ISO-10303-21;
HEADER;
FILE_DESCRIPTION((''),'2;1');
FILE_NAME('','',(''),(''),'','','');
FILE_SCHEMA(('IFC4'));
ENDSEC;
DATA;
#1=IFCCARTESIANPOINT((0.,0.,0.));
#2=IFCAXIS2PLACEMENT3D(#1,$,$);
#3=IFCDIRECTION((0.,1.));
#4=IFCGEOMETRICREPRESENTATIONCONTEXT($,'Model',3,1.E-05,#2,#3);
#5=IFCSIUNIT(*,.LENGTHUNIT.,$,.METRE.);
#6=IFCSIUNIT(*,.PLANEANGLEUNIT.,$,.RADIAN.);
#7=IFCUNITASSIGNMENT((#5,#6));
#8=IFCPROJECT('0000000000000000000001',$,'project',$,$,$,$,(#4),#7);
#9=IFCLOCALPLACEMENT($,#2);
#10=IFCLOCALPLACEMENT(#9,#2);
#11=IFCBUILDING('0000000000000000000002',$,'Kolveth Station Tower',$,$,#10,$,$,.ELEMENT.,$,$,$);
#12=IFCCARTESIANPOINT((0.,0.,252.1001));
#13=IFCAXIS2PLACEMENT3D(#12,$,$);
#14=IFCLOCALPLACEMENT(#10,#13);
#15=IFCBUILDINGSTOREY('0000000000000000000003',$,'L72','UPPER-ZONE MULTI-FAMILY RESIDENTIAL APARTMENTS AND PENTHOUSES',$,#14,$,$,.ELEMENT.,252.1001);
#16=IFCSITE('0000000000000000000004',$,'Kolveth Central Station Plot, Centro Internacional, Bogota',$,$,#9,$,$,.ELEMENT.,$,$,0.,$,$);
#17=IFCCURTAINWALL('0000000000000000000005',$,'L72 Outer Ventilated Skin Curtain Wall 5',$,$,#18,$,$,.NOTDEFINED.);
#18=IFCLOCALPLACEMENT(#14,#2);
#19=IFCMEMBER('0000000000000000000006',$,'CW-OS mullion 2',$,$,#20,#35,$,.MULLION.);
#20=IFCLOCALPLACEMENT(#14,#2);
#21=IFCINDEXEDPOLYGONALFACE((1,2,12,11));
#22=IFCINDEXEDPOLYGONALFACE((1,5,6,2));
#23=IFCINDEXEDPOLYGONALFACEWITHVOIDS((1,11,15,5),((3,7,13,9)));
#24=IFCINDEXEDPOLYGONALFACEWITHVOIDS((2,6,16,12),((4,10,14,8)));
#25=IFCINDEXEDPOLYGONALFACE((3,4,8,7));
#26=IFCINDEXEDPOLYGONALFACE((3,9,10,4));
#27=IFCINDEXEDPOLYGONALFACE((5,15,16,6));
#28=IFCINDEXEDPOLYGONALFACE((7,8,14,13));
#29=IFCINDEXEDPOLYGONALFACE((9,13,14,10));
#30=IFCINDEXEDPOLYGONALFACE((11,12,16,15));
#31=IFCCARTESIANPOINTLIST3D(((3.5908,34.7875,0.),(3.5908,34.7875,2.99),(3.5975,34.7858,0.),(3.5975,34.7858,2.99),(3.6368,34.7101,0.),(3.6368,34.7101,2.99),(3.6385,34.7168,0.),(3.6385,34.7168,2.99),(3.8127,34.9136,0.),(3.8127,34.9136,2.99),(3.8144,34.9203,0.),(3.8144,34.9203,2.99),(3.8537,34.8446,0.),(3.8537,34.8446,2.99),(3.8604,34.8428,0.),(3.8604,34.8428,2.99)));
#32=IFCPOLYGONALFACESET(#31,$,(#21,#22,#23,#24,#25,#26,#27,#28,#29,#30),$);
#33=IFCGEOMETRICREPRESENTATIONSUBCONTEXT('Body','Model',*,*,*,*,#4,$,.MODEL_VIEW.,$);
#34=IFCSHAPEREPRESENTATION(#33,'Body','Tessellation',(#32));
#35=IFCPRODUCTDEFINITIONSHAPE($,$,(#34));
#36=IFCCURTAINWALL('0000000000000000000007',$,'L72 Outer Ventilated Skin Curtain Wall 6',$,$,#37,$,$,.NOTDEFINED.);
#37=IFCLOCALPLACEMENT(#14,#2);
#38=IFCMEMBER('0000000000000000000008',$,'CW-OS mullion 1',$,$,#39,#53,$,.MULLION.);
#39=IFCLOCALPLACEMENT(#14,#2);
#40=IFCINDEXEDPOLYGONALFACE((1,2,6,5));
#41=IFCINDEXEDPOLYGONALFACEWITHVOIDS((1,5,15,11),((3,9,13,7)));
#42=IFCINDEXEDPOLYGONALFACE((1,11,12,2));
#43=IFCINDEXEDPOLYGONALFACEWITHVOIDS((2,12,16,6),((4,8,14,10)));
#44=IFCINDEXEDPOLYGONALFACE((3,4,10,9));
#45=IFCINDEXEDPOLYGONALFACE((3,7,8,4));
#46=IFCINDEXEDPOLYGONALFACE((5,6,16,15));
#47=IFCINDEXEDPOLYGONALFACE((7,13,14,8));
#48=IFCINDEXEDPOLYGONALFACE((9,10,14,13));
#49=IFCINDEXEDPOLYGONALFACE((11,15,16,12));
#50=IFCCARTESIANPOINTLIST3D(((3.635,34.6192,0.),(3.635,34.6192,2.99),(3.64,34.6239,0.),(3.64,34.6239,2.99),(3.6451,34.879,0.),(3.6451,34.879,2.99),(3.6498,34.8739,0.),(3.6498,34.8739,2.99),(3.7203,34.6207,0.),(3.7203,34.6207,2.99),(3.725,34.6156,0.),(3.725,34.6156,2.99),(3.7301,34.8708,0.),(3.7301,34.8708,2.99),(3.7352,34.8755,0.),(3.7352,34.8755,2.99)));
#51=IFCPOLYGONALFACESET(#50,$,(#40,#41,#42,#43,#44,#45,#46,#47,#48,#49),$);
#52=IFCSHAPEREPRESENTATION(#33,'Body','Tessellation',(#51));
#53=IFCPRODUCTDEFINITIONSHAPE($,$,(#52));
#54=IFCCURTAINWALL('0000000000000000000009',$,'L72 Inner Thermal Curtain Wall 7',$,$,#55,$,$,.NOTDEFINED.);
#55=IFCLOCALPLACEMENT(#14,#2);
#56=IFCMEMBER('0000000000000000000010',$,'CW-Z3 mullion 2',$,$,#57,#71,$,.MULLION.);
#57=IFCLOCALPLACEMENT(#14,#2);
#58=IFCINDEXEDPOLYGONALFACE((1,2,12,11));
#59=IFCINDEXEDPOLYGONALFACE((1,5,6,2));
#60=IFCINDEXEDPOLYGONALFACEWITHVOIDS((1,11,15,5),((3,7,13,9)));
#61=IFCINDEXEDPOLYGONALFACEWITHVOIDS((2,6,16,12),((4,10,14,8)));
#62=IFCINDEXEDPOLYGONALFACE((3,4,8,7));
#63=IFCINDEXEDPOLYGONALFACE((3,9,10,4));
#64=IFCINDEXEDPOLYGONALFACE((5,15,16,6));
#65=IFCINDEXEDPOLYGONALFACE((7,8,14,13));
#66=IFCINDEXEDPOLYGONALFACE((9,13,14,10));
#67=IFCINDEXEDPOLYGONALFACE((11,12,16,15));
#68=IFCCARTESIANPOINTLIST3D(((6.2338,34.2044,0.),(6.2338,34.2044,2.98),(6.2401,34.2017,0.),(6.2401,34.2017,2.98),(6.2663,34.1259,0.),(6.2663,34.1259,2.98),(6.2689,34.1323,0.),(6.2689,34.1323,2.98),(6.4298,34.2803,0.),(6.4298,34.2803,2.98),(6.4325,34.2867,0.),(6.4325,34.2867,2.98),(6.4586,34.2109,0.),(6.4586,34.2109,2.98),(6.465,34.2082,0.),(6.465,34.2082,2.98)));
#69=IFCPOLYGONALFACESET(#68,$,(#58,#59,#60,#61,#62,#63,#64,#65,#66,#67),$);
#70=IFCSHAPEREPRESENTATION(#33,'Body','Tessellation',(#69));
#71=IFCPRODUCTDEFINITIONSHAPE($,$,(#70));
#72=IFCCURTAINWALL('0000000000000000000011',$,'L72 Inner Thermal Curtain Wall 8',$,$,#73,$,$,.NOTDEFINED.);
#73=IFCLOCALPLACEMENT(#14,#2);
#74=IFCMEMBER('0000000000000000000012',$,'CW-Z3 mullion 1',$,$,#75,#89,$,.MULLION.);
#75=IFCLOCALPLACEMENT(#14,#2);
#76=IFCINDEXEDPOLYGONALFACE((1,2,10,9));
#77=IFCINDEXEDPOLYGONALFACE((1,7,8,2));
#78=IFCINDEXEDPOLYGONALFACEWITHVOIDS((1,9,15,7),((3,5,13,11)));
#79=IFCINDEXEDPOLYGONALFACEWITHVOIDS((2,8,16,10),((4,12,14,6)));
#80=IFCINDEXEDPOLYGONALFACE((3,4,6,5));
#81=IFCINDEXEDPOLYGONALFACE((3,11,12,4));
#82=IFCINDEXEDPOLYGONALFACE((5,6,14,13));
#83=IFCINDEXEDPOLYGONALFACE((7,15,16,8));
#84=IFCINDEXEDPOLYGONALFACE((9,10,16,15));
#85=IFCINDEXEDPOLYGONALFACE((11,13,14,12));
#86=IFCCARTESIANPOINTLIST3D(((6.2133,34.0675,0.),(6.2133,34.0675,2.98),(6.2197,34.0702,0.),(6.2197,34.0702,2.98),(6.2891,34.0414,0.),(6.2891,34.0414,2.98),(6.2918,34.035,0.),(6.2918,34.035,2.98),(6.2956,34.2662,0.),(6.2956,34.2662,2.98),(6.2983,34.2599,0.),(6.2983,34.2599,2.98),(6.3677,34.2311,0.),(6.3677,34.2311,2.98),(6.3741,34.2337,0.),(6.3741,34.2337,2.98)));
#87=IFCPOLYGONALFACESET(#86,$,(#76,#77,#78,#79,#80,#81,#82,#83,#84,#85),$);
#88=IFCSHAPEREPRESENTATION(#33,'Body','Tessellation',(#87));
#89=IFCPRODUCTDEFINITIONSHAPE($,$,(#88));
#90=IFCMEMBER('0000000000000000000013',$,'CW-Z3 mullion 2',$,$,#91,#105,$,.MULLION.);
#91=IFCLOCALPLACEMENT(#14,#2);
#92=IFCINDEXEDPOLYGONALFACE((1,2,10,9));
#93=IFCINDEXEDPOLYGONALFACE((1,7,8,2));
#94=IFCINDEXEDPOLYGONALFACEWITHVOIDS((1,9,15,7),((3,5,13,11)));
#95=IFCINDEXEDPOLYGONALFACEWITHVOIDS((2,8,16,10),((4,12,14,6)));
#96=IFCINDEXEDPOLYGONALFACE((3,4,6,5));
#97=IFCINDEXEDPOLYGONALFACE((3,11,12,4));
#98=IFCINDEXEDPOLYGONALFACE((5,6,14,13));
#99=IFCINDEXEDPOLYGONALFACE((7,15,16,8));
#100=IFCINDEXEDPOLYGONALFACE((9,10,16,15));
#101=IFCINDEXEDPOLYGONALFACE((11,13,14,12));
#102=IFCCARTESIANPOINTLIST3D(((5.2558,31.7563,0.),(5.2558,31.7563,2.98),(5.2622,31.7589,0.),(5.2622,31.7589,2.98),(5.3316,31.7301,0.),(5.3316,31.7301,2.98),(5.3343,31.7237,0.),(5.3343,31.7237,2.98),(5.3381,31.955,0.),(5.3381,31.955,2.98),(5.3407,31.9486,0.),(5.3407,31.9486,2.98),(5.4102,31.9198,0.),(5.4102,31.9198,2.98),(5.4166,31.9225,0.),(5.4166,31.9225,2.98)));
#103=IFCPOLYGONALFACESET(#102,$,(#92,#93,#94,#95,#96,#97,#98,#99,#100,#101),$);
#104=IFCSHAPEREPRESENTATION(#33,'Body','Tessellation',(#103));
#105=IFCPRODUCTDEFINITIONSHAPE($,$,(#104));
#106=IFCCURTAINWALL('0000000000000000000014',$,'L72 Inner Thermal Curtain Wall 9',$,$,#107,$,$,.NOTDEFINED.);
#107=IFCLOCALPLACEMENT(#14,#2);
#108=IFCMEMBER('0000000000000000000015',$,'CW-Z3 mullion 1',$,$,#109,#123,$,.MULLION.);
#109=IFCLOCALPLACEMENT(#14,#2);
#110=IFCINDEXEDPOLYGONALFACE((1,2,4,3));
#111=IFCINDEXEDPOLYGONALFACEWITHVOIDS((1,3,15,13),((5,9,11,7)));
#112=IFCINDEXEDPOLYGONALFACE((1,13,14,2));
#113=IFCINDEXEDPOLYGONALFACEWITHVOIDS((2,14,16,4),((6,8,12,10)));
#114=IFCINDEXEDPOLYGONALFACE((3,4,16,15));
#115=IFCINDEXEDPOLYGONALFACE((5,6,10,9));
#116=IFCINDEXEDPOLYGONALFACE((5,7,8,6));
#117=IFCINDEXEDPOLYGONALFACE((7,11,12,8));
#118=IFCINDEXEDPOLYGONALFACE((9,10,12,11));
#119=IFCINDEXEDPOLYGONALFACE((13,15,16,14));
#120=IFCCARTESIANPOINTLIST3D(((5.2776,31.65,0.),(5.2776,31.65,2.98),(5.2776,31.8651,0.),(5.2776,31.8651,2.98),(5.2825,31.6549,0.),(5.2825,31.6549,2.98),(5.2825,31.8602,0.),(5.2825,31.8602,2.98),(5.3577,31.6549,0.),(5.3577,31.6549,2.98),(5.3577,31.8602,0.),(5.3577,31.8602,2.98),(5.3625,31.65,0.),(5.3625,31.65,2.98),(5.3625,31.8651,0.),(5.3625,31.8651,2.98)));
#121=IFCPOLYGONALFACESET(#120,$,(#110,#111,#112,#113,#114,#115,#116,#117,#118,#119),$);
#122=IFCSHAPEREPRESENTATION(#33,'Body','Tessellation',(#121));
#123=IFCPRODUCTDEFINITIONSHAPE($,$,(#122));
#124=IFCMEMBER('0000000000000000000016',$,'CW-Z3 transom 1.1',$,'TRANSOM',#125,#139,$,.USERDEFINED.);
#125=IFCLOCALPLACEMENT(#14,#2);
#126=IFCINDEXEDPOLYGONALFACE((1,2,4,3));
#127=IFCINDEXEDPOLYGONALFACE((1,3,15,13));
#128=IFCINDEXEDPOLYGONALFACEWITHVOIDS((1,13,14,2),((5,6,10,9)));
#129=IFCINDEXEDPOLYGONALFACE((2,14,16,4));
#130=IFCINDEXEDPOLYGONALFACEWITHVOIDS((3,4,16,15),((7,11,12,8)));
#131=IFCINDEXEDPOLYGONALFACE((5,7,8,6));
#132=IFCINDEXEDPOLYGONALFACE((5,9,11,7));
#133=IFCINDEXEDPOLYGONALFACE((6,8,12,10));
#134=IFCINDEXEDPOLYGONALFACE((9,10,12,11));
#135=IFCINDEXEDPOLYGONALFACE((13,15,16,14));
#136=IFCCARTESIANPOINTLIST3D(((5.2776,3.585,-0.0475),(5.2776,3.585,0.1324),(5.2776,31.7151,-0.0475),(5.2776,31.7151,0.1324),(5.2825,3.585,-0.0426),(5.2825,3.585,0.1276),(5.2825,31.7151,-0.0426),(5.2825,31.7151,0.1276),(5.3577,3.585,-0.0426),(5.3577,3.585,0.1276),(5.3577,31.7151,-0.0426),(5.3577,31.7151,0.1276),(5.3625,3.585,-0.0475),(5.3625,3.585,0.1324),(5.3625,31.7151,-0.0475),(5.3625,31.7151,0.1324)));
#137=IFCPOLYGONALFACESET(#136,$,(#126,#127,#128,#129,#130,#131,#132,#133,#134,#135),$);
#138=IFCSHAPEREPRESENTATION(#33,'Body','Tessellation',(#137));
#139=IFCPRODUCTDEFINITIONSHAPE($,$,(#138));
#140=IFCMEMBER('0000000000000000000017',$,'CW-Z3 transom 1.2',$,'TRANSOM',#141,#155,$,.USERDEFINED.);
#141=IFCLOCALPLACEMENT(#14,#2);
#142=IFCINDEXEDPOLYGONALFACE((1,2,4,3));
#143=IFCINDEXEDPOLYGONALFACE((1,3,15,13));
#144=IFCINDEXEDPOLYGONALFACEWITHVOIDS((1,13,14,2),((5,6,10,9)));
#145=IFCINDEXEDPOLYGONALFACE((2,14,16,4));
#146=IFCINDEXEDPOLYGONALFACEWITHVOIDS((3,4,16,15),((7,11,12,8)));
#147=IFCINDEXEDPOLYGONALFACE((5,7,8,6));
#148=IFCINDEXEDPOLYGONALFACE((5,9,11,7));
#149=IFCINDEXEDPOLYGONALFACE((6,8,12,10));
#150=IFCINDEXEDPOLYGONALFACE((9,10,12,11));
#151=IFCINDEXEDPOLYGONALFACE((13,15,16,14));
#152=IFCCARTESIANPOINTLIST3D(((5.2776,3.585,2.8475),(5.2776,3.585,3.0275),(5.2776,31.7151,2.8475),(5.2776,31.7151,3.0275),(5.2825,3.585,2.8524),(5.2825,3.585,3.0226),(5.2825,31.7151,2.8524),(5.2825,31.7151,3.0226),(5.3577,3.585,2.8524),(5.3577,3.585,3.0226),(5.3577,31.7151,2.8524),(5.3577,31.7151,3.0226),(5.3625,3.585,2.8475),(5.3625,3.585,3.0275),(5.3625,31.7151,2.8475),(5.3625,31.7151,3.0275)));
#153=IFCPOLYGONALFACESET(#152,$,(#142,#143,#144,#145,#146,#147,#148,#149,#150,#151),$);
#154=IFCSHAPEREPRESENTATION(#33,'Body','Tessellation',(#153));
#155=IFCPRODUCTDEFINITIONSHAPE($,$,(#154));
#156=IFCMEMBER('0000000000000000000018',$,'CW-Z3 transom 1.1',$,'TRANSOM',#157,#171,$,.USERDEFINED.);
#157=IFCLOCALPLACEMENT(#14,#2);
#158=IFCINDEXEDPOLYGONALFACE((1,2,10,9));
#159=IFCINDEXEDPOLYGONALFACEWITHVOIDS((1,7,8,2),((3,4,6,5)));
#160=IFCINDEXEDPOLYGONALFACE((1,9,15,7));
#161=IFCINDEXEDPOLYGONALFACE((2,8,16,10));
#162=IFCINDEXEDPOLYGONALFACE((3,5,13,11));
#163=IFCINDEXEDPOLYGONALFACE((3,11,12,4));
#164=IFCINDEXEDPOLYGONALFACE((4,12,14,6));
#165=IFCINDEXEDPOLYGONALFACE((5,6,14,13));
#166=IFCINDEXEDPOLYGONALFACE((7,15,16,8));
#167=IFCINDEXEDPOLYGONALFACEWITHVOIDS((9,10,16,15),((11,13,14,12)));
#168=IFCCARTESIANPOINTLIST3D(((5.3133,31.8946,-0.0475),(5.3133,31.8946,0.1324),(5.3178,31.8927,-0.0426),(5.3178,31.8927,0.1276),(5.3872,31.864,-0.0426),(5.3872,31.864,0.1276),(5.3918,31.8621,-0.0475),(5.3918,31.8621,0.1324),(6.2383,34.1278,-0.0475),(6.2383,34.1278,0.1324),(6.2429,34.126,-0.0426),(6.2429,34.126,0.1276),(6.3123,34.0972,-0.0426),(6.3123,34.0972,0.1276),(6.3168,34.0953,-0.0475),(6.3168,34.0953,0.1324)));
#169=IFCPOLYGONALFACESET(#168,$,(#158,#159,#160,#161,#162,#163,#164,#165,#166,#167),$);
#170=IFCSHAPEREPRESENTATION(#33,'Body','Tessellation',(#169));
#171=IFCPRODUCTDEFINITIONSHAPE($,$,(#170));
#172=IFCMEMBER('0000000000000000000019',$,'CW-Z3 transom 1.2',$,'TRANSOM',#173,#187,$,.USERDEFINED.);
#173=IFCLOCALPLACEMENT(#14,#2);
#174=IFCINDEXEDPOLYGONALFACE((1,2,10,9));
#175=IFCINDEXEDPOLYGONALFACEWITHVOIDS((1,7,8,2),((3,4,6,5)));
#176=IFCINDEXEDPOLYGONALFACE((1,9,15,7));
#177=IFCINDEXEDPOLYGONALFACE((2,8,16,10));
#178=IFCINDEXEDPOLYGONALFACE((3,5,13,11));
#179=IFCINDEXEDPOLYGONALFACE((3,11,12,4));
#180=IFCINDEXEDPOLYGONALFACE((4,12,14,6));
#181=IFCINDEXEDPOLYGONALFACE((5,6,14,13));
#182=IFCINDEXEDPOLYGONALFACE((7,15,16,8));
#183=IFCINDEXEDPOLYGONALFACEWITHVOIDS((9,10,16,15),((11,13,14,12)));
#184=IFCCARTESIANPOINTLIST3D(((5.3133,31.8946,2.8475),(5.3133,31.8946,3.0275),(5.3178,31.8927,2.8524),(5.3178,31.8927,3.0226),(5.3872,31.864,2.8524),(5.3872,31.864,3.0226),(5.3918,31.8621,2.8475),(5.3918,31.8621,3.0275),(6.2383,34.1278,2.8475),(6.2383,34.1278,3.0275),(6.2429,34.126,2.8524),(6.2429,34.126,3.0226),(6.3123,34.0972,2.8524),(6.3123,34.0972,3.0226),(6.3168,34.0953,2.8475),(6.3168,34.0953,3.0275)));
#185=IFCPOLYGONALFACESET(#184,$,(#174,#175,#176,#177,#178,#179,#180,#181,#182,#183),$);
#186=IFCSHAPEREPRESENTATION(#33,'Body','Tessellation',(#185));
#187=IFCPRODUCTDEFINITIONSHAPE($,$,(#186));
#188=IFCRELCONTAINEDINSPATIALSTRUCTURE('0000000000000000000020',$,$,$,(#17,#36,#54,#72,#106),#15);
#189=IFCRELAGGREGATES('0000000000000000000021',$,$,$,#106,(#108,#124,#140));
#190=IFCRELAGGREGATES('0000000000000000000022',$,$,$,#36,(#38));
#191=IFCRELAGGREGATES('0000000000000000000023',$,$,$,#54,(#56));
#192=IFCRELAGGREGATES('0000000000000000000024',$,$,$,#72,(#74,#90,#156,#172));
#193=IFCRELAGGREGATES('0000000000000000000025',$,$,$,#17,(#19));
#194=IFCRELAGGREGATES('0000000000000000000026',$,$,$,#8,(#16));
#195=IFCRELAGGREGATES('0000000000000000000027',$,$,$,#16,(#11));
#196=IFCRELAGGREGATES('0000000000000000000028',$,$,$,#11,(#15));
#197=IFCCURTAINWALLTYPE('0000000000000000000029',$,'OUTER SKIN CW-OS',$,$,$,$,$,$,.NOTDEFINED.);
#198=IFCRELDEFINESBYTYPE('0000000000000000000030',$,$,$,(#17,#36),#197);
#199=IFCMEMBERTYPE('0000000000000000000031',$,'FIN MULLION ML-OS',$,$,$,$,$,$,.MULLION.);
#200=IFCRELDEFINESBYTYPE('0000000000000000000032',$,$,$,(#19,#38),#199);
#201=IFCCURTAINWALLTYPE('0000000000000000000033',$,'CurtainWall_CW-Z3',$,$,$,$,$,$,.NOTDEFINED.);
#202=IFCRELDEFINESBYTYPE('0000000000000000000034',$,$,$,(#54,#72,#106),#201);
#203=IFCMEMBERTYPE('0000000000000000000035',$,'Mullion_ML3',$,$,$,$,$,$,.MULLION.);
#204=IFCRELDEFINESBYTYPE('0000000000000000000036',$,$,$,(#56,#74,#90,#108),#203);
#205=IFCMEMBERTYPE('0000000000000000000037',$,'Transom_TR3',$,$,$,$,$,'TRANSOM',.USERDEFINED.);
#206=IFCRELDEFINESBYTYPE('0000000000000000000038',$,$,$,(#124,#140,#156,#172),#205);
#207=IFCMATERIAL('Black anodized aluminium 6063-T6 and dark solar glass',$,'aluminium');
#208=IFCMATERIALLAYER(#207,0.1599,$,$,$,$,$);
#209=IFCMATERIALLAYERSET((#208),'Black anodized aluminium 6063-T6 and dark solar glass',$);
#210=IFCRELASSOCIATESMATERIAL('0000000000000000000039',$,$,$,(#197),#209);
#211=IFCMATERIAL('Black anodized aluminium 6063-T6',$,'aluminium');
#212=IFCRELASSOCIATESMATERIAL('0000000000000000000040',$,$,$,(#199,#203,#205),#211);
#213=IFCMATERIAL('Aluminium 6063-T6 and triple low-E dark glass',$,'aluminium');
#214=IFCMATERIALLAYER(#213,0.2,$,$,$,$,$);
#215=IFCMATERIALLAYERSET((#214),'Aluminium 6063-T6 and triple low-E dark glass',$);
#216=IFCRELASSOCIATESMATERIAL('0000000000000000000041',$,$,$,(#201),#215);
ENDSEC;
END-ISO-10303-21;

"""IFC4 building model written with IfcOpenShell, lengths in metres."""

from ifc_helpers import new_model, si_unit, direction, frame, origin, origin_2d, place, context, subcontext, project, spatial, hollow_rectangle, extrude, source, transform, mapped, material, layer, layer_set, material_profile, profile_set, type_object, element, aggregate, save


model = new_model("IFC4")

# Units and contexts
model_context = context("Model", 3, precision=1e-05, world=origin(), true_north=direction((0.0, 1.0)))
body_context = subcontext(model_context, "Body", "Model", "MODEL_VIEW")
ifc_project = project(units=[si_unit("LENGTHUNIT", "METRE"), si_unit("PLANEANGLEUNIT", "RADIAN")], contexts=[model_context])

# Site, building, storey
site_placement = place(None, origin())
site = spatial("IfcSite", under=ifc_project, at=site_placement, Name="Kolveth Central Station Plot, Centro Internacional, Bogota", CompositionType="ELEMENT", RefElevation=0.0)
building_placement = place(site_placement, origin())
building = spatial("IfcBuilding", under=site, at=building_placement, Name="Kolveth Station Tower", CompositionType="ELEMENT")
storey_placement = place(building_placement, frame((0.0, 0.0, 252.1001)))
storey = spatial("IfcBuildingStorey", under=building, at=storey_placement, Name="L72", Description="UPPER-ZONE MULTI-FAMILY RESIDENTIAL APARTMENTS AND PENTHOUSES", CompositionType="ELEMENT", Elevation=252.1001)

# Curtain walls, members
ifc_material_1 = material(Name="Black anodized aluminium 6063-T6 and dark solar glass", Category="aluminium")
ifc_layer_1 = layer(ifc_material_1, 0.1599)
ifc_layer_set_1 = layer_set([ifc_layer_1], Name="Black anodized aluminium 6063-T6 and dark solar glass")
curtain_wall_type_1 = type_object("IfcCurtainWallType", Name="OUTER SKIN CW-OS", PredefinedType="NOTDEFINED", material=ifc_layer_set_1)
curtain_wall_1_placement = place(storey_placement, origin())
curtain_wall_1 = element("IfcCurtainWall", 1, at=curtain_wall_1_placement, inside=storey, type_object=curtain_wall_type_1, Name="L72 Outer Ventilated Skin Curtain Wall 5", PredefinedType="NOTDEFINED")
ifc_material_2 = material(Name="Black anodized aluminium 6063-T6", Category="aluminium")
ifc_material_profile_1 = material_profile(ifc_material_2, hollow_rectangle(XDim=0.0901, YDim=0.26, WallThickness=0.0049, at=origin_2d()), Name="ALU-90x260x5")
ifc_profile_set_1 = profile_set([ifc_material_profile_1], Name="Black anodized aluminium 6063-T6")
member_type_1 = type_object("IfcMemberType", Name="FIN MULLION ML-OS", PredefinedType="MULLION", material=ifc_profile_set_1)
shared_shape_1 = source(origin(), body_context, "Body", "SweptSolid", [
    extrude(hollow_rectangle(XDim=0.0901, YDim=0.26, WallThickness=0.0049, at=origin_2d()), origin(), (0.0, 0.0, 1.0), 2.99),
])
member_1_placement = place(storey_placement, frame((3.7256, 34.8152, 0.0), z_axis=(0.0, 0.0, 1.0), x_axis=(0.510672, -0.859776, 0.0)))
member_1 = element("IfcMember", 2, at=member_1_placement, type_object=member_type_1, Name="CW-OS mullion 2", PredefinedType="MULLION", context=body_context, shape_type="MappedRepresentation", body=[
    mapped(shared_shape_1, transform((0.0, 0.0, 0.0), x_axis=(1.0, 0.0, 0.0), y_axis=(0.0, 1.0, 0.0), z_axis=(0.0, 0.0, 1.0), scale=1.0)),
])
curtain_wall_2_placement = place(storey_placement, origin())
curtain_wall_2 = element("IfcCurtainWall", 3, at=curtain_wall_2_placement, inside=storey, type_object=curtain_wall_type_1, Name="L72 Outer Ventilated Skin Curtain Wall 6", PredefinedType="NOTDEFINED")
member_2_placement = place(storey_placement, frame((3.6851, 34.7473, 0.0), z_axis=(0.0, 0.0, 1.0), x_axis=(0.999234, -0.039145, 0.0)))
member_2 = element("IfcMember", 4, at=member_2_placement, type_object=member_type_1, Name="CW-OS mullion 1", PredefinedType="MULLION", context=body_context, shape_type="MappedRepresentation", body=[
    mapped(shared_shape_1, transform((0.0, 0.0, 0.0), x_axis=(1.0, 0.0, 0.0), y_axis=(0.0, 1.0, 0.0), z_axis=(0.0, 0.0, 1.0), scale=1.0)),
])
ifc_material_3 = material(Name="Aluminium 6063-T6 and triple low-E dark glass", Category="aluminium")
ifc_layer_2 = layer(ifc_material_3, 0.2)
ifc_layer_set_2 = layer_set([ifc_layer_2], Name="Aluminium 6063-T6 and triple low-E dark glass")
curtain_wall_type_2 = type_object("IfcCurtainWallType", Name="CurtainWall_CW-Z3", PredefinedType="NOTDEFINED", material=ifc_layer_set_2)
curtain_wall_3_placement = place(storey_placement, origin())
curtain_wall_3 = element("IfcCurtainWall", 5, at=curtain_wall_3_placement, inside=storey, type_object=curtain_wall_type_2, Name="L72 Inner Thermal Curtain Wall 7", PredefinedType="NOTDEFINED")
ifc_material_profile_2 = material_profile(ifc_material_2, hollow_rectangle(XDim=0.085, YDim=0.2151, WallThickness=0.0049, at=origin_2d()), Name="ALU-85x215x5")
ifc_profile_set_2 = profile_set([ifc_material_profile_2], Name="Black anodized aluminium 6063-T6")
member_type_2 = type_object("IfcMemberType", Name="Mullion_ML3", PredefinedType="MULLION", material=ifc_profile_set_2)
shared_shape_2 = source(origin(), body_context, "Body", "SweptSolid", [
    extrude(hollow_rectangle(XDim=0.085, YDim=0.2151, WallThickness=0.0049, at=origin_2d()), origin(), (0.0, 0.0, 1.0), 2.98),
])
member_3_placement = place(storey_placement, frame((6.3494, 34.2063, 0.0), z_axis=(0.0, 0.0, 1.0), x_axis=(0.382693, -0.923875, 0.0)))
member_3 = element("IfcMember", 6, at=member_3_placement, type_object=member_type_2, Name="CW-Z3 mullion 2", PredefinedType="MULLION", context=body_context, shape_type="MappedRepresentation", body=[
    mapped(shared_shape_2, transform((0.0, 0.0, 0.0), x_axis=(1.0, 0.0, 0.0), y_axis=(0.0, 1.0, 0.0), z_axis=(0.0, 0.0, 1.0), scale=1.0)),
])

# Curtain walls, members
curtain_wall_4_placement = place(storey_placement, origin())
curtain_wall_4 = element("IfcCurtainWall", 7, at=curtain_wall_4_placement, inside=storey, type_object=curtain_wall_type_2, Name="L72 Inner Thermal Curtain Wall 8", PredefinedType="NOTDEFINED")
member_4_placement = place(storey_placement, frame((6.2937, 34.1506, 0.0), z_axis=(0.0, 0.0, 1.0), x_axis=(0.923875, -0.382693, 0.0)))
member_4 = element("IfcMember", 8, at=member_4_placement, type_object=member_type_2, Name="CW-Z3 mullion 1", PredefinedType="MULLION", context=body_context, shape_type="MappedRepresentation", body=[
    mapped(shared_shape_2, transform((0.0, 0.0, 0.0), x_axis=(1.0, 0.0, 0.0), y_axis=(0.0, 1.0, 0.0), z_axis=(0.0, 0.0, 1.0), scale=1.0)),
])
member_5_placement = place(storey_placement, frame((5.3362, 31.8394, 0.0), z_axis=(0.0, 0.0, 1.0), x_axis=(0.923875, -0.382693, 0.0)))
member_5 = element("IfcMember", 9, at=member_5_placement, type_object=member_type_2, Name="CW-Z3 mullion 2", PredefinedType="MULLION", context=body_context, shape_type="MappedRepresentation", body=[
    mapped(shared_shape_2, transform((0.0, 0.0, 0.0), x_axis=(1.0, 0.0, 0.0), y_axis=(0.0, 1.0, 0.0), z_axis=(0.0, 0.0, 1.0), scale=1.0)),
])
curtain_wall_5_placement = place(storey_placement, origin())
curtain_wall_5 = element("IfcCurtainWall", 10, at=curtain_wall_5_placement, inside=storey, type_object=curtain_wall_type_2, Name="L72 Inner Thermal Curtain Wall 9", PredefinedType="NOTDEFINED")
member_6_placement = place(storey_placement, frame((5.3201, 31.7576, 0.0), z_axis=(0.0, 0.0, 1.0), x_axis=(1.0, 0.0, 0.0)))
member_6 = element("IfcMember", 11, at=member_6_placement, type_object=member_type_2, Name="CW-Z3 mullion 1", PredefinedType="MULLION", context=body_context, shape_type="MappedRepresentation", body=[
    mapped(shared_shape_2, transform((0.0, 0.0, 0.0), x_axis=(1.0, 0.0, 0.0), y_axis=(0.0, 1.0, 0.0), z_axis=(0.0, 0.0, 1.0), scale=1.0)),
])
ifc_material_profile_3 = material_profile(ifc_material_2, hollow_rectangle(XDim=0.085, YDim=0.1799, WallThickness=0.0049, at=origin_2d()), Name="ALU-85x180x5")
ifc_profile_set_3 = profile_set([ifc_material_profile_3], Name="Black anodized aluminium 6063-T6")
member_type_3 = type_object("IfcMemberType", Name="Transom_TR3", ElementType="TRANSOM", PredefinedType="USERDEFINED", material=ifc_profile_set_3)
shared_shape_3 = source(origin(), body_context, "Body", "SweptSolid", [
    extrude(hollow_rectangle(XDim=0.085, YDim=0.1799, WallThickness=0.0049, at=origin_2d()), origin(), (0.0, 0.0, 1.0), 28.1301),
])
member_7_placement = place(storey_placement, frame((5.3201, 31.7151, 0.0425), z_axis=(0.0, -1.0, 0.0), x_axis=(1.0, 0.0, 0.0)))
member_7 = element("IfcMember", 12, at=member_7_placement, type_object=member_type_3, Name="CW-Z3 transom 1.1", ObjectType="TRANSOM", PredefinedType="USERDEFINED", context=body_context, shape_type="MappedRepresentation", body=[
    mapped(shared_shape_3, transform((0.0, 0.0, 0.0), x_axis=(1.0, 0.0, 0.0), y_axis=(0.0, 1.0, 0.0), z_axis=(0.0, 0.0, 1.0), scale=1.0)),
])
member_8_placement = place(storey_placement, frame((5.3201, 31.7151, 2.9375), z_axis=(0.0, -1.0, 0.0), x_axis=(1.0, 0.0, 0.0)))
member_8 = element("IfcMember", 13, at=member_8_placement, type_object=member_type_3, Name="CW-Z3 transom 1.2", ObjectType="TRANSOM", PredefinedType="USERDEFINED", context=body_context, shape_type="MappedRepresentation", body=[
    mapped(shared_shape_3, transform((0.0, 0.0, 0.0), x_axis=(1.0, 0.0, 0.0), y_axis=(0.0, 1.0, 0.0), z_axis=(0.0, 0.0, 1.0), scale=1.0)),
])
aggregate(curtain_wall_5, [member_6, member_7, member_8])

# Members
shared_shape_4 = source(origin(), body_context, "Body", "SweptSolid", [
    extrude(hollow_rectangle(XDim=0.085, YDim=0.1799, WallThickness=0.0049, at=origin_2d()), origin(), (0.0, 0.0, 1.0), 2.4172),
])
member_9_placement = place(storey_placement, frame((6.2776, 34.1116, 0.0425), z_axis=(-0.3827, -0.923873, 0.0), x_axis=(0.923873, -0.3827, 0.0)))
member_9 = element("IfcMember", 14, at=member_9_placement, type_object=member_type_3, Name="CW-Z3 transom 1.1", ObjectType="TRANSOM", PredefinedType="USERDEFINED", context=body_context, shape_type="MappedRepresentation", body=[
    mapped(shared_shape_4, transform((0.0, 0.0, 0.0), x_axis=(1.0, 0.0, 0.0), y_axis=(0.0, 1.0, 0.0), z_axis=(0.0, 0.0, 1.0), scale=1.0)),
])
member_10_placement = place(storey_placement, frame((6.2776, 34.1116, 2.9375), z_axis=(-0.3827, -0.923873, 0.0), x_axis=(0.923873, -0.3827, 0.0)))
member_10 = element("IfcMember", 15, at=member_10_placement, type_object=member_type_3, Name="CW-Z3 transom 1.2", ObjectType="TRANSOM", PredefinedType="USERDEFINED", context=body_context, shape_type="MappedRepresentation", body=[
    mapped(shared_shape_4, transform((0.0, 0.0, 0.0), x_axis=(1.0, 0.0, 0.0), y_axis=(0.0, 1.0, 0.0), z_axis=(0.0, 0.0, 1.0), scale=1.0)),
])
aggregate(curtain_wall_2, [member_2])

aggregate(curtain_wall_3, [member_3])
aggregate(curtain_wall_4, [member_4, member_5, member_9, member_10])
aggregate(curtain_wall_1, [member_1])

save(model, "model.ifc")
